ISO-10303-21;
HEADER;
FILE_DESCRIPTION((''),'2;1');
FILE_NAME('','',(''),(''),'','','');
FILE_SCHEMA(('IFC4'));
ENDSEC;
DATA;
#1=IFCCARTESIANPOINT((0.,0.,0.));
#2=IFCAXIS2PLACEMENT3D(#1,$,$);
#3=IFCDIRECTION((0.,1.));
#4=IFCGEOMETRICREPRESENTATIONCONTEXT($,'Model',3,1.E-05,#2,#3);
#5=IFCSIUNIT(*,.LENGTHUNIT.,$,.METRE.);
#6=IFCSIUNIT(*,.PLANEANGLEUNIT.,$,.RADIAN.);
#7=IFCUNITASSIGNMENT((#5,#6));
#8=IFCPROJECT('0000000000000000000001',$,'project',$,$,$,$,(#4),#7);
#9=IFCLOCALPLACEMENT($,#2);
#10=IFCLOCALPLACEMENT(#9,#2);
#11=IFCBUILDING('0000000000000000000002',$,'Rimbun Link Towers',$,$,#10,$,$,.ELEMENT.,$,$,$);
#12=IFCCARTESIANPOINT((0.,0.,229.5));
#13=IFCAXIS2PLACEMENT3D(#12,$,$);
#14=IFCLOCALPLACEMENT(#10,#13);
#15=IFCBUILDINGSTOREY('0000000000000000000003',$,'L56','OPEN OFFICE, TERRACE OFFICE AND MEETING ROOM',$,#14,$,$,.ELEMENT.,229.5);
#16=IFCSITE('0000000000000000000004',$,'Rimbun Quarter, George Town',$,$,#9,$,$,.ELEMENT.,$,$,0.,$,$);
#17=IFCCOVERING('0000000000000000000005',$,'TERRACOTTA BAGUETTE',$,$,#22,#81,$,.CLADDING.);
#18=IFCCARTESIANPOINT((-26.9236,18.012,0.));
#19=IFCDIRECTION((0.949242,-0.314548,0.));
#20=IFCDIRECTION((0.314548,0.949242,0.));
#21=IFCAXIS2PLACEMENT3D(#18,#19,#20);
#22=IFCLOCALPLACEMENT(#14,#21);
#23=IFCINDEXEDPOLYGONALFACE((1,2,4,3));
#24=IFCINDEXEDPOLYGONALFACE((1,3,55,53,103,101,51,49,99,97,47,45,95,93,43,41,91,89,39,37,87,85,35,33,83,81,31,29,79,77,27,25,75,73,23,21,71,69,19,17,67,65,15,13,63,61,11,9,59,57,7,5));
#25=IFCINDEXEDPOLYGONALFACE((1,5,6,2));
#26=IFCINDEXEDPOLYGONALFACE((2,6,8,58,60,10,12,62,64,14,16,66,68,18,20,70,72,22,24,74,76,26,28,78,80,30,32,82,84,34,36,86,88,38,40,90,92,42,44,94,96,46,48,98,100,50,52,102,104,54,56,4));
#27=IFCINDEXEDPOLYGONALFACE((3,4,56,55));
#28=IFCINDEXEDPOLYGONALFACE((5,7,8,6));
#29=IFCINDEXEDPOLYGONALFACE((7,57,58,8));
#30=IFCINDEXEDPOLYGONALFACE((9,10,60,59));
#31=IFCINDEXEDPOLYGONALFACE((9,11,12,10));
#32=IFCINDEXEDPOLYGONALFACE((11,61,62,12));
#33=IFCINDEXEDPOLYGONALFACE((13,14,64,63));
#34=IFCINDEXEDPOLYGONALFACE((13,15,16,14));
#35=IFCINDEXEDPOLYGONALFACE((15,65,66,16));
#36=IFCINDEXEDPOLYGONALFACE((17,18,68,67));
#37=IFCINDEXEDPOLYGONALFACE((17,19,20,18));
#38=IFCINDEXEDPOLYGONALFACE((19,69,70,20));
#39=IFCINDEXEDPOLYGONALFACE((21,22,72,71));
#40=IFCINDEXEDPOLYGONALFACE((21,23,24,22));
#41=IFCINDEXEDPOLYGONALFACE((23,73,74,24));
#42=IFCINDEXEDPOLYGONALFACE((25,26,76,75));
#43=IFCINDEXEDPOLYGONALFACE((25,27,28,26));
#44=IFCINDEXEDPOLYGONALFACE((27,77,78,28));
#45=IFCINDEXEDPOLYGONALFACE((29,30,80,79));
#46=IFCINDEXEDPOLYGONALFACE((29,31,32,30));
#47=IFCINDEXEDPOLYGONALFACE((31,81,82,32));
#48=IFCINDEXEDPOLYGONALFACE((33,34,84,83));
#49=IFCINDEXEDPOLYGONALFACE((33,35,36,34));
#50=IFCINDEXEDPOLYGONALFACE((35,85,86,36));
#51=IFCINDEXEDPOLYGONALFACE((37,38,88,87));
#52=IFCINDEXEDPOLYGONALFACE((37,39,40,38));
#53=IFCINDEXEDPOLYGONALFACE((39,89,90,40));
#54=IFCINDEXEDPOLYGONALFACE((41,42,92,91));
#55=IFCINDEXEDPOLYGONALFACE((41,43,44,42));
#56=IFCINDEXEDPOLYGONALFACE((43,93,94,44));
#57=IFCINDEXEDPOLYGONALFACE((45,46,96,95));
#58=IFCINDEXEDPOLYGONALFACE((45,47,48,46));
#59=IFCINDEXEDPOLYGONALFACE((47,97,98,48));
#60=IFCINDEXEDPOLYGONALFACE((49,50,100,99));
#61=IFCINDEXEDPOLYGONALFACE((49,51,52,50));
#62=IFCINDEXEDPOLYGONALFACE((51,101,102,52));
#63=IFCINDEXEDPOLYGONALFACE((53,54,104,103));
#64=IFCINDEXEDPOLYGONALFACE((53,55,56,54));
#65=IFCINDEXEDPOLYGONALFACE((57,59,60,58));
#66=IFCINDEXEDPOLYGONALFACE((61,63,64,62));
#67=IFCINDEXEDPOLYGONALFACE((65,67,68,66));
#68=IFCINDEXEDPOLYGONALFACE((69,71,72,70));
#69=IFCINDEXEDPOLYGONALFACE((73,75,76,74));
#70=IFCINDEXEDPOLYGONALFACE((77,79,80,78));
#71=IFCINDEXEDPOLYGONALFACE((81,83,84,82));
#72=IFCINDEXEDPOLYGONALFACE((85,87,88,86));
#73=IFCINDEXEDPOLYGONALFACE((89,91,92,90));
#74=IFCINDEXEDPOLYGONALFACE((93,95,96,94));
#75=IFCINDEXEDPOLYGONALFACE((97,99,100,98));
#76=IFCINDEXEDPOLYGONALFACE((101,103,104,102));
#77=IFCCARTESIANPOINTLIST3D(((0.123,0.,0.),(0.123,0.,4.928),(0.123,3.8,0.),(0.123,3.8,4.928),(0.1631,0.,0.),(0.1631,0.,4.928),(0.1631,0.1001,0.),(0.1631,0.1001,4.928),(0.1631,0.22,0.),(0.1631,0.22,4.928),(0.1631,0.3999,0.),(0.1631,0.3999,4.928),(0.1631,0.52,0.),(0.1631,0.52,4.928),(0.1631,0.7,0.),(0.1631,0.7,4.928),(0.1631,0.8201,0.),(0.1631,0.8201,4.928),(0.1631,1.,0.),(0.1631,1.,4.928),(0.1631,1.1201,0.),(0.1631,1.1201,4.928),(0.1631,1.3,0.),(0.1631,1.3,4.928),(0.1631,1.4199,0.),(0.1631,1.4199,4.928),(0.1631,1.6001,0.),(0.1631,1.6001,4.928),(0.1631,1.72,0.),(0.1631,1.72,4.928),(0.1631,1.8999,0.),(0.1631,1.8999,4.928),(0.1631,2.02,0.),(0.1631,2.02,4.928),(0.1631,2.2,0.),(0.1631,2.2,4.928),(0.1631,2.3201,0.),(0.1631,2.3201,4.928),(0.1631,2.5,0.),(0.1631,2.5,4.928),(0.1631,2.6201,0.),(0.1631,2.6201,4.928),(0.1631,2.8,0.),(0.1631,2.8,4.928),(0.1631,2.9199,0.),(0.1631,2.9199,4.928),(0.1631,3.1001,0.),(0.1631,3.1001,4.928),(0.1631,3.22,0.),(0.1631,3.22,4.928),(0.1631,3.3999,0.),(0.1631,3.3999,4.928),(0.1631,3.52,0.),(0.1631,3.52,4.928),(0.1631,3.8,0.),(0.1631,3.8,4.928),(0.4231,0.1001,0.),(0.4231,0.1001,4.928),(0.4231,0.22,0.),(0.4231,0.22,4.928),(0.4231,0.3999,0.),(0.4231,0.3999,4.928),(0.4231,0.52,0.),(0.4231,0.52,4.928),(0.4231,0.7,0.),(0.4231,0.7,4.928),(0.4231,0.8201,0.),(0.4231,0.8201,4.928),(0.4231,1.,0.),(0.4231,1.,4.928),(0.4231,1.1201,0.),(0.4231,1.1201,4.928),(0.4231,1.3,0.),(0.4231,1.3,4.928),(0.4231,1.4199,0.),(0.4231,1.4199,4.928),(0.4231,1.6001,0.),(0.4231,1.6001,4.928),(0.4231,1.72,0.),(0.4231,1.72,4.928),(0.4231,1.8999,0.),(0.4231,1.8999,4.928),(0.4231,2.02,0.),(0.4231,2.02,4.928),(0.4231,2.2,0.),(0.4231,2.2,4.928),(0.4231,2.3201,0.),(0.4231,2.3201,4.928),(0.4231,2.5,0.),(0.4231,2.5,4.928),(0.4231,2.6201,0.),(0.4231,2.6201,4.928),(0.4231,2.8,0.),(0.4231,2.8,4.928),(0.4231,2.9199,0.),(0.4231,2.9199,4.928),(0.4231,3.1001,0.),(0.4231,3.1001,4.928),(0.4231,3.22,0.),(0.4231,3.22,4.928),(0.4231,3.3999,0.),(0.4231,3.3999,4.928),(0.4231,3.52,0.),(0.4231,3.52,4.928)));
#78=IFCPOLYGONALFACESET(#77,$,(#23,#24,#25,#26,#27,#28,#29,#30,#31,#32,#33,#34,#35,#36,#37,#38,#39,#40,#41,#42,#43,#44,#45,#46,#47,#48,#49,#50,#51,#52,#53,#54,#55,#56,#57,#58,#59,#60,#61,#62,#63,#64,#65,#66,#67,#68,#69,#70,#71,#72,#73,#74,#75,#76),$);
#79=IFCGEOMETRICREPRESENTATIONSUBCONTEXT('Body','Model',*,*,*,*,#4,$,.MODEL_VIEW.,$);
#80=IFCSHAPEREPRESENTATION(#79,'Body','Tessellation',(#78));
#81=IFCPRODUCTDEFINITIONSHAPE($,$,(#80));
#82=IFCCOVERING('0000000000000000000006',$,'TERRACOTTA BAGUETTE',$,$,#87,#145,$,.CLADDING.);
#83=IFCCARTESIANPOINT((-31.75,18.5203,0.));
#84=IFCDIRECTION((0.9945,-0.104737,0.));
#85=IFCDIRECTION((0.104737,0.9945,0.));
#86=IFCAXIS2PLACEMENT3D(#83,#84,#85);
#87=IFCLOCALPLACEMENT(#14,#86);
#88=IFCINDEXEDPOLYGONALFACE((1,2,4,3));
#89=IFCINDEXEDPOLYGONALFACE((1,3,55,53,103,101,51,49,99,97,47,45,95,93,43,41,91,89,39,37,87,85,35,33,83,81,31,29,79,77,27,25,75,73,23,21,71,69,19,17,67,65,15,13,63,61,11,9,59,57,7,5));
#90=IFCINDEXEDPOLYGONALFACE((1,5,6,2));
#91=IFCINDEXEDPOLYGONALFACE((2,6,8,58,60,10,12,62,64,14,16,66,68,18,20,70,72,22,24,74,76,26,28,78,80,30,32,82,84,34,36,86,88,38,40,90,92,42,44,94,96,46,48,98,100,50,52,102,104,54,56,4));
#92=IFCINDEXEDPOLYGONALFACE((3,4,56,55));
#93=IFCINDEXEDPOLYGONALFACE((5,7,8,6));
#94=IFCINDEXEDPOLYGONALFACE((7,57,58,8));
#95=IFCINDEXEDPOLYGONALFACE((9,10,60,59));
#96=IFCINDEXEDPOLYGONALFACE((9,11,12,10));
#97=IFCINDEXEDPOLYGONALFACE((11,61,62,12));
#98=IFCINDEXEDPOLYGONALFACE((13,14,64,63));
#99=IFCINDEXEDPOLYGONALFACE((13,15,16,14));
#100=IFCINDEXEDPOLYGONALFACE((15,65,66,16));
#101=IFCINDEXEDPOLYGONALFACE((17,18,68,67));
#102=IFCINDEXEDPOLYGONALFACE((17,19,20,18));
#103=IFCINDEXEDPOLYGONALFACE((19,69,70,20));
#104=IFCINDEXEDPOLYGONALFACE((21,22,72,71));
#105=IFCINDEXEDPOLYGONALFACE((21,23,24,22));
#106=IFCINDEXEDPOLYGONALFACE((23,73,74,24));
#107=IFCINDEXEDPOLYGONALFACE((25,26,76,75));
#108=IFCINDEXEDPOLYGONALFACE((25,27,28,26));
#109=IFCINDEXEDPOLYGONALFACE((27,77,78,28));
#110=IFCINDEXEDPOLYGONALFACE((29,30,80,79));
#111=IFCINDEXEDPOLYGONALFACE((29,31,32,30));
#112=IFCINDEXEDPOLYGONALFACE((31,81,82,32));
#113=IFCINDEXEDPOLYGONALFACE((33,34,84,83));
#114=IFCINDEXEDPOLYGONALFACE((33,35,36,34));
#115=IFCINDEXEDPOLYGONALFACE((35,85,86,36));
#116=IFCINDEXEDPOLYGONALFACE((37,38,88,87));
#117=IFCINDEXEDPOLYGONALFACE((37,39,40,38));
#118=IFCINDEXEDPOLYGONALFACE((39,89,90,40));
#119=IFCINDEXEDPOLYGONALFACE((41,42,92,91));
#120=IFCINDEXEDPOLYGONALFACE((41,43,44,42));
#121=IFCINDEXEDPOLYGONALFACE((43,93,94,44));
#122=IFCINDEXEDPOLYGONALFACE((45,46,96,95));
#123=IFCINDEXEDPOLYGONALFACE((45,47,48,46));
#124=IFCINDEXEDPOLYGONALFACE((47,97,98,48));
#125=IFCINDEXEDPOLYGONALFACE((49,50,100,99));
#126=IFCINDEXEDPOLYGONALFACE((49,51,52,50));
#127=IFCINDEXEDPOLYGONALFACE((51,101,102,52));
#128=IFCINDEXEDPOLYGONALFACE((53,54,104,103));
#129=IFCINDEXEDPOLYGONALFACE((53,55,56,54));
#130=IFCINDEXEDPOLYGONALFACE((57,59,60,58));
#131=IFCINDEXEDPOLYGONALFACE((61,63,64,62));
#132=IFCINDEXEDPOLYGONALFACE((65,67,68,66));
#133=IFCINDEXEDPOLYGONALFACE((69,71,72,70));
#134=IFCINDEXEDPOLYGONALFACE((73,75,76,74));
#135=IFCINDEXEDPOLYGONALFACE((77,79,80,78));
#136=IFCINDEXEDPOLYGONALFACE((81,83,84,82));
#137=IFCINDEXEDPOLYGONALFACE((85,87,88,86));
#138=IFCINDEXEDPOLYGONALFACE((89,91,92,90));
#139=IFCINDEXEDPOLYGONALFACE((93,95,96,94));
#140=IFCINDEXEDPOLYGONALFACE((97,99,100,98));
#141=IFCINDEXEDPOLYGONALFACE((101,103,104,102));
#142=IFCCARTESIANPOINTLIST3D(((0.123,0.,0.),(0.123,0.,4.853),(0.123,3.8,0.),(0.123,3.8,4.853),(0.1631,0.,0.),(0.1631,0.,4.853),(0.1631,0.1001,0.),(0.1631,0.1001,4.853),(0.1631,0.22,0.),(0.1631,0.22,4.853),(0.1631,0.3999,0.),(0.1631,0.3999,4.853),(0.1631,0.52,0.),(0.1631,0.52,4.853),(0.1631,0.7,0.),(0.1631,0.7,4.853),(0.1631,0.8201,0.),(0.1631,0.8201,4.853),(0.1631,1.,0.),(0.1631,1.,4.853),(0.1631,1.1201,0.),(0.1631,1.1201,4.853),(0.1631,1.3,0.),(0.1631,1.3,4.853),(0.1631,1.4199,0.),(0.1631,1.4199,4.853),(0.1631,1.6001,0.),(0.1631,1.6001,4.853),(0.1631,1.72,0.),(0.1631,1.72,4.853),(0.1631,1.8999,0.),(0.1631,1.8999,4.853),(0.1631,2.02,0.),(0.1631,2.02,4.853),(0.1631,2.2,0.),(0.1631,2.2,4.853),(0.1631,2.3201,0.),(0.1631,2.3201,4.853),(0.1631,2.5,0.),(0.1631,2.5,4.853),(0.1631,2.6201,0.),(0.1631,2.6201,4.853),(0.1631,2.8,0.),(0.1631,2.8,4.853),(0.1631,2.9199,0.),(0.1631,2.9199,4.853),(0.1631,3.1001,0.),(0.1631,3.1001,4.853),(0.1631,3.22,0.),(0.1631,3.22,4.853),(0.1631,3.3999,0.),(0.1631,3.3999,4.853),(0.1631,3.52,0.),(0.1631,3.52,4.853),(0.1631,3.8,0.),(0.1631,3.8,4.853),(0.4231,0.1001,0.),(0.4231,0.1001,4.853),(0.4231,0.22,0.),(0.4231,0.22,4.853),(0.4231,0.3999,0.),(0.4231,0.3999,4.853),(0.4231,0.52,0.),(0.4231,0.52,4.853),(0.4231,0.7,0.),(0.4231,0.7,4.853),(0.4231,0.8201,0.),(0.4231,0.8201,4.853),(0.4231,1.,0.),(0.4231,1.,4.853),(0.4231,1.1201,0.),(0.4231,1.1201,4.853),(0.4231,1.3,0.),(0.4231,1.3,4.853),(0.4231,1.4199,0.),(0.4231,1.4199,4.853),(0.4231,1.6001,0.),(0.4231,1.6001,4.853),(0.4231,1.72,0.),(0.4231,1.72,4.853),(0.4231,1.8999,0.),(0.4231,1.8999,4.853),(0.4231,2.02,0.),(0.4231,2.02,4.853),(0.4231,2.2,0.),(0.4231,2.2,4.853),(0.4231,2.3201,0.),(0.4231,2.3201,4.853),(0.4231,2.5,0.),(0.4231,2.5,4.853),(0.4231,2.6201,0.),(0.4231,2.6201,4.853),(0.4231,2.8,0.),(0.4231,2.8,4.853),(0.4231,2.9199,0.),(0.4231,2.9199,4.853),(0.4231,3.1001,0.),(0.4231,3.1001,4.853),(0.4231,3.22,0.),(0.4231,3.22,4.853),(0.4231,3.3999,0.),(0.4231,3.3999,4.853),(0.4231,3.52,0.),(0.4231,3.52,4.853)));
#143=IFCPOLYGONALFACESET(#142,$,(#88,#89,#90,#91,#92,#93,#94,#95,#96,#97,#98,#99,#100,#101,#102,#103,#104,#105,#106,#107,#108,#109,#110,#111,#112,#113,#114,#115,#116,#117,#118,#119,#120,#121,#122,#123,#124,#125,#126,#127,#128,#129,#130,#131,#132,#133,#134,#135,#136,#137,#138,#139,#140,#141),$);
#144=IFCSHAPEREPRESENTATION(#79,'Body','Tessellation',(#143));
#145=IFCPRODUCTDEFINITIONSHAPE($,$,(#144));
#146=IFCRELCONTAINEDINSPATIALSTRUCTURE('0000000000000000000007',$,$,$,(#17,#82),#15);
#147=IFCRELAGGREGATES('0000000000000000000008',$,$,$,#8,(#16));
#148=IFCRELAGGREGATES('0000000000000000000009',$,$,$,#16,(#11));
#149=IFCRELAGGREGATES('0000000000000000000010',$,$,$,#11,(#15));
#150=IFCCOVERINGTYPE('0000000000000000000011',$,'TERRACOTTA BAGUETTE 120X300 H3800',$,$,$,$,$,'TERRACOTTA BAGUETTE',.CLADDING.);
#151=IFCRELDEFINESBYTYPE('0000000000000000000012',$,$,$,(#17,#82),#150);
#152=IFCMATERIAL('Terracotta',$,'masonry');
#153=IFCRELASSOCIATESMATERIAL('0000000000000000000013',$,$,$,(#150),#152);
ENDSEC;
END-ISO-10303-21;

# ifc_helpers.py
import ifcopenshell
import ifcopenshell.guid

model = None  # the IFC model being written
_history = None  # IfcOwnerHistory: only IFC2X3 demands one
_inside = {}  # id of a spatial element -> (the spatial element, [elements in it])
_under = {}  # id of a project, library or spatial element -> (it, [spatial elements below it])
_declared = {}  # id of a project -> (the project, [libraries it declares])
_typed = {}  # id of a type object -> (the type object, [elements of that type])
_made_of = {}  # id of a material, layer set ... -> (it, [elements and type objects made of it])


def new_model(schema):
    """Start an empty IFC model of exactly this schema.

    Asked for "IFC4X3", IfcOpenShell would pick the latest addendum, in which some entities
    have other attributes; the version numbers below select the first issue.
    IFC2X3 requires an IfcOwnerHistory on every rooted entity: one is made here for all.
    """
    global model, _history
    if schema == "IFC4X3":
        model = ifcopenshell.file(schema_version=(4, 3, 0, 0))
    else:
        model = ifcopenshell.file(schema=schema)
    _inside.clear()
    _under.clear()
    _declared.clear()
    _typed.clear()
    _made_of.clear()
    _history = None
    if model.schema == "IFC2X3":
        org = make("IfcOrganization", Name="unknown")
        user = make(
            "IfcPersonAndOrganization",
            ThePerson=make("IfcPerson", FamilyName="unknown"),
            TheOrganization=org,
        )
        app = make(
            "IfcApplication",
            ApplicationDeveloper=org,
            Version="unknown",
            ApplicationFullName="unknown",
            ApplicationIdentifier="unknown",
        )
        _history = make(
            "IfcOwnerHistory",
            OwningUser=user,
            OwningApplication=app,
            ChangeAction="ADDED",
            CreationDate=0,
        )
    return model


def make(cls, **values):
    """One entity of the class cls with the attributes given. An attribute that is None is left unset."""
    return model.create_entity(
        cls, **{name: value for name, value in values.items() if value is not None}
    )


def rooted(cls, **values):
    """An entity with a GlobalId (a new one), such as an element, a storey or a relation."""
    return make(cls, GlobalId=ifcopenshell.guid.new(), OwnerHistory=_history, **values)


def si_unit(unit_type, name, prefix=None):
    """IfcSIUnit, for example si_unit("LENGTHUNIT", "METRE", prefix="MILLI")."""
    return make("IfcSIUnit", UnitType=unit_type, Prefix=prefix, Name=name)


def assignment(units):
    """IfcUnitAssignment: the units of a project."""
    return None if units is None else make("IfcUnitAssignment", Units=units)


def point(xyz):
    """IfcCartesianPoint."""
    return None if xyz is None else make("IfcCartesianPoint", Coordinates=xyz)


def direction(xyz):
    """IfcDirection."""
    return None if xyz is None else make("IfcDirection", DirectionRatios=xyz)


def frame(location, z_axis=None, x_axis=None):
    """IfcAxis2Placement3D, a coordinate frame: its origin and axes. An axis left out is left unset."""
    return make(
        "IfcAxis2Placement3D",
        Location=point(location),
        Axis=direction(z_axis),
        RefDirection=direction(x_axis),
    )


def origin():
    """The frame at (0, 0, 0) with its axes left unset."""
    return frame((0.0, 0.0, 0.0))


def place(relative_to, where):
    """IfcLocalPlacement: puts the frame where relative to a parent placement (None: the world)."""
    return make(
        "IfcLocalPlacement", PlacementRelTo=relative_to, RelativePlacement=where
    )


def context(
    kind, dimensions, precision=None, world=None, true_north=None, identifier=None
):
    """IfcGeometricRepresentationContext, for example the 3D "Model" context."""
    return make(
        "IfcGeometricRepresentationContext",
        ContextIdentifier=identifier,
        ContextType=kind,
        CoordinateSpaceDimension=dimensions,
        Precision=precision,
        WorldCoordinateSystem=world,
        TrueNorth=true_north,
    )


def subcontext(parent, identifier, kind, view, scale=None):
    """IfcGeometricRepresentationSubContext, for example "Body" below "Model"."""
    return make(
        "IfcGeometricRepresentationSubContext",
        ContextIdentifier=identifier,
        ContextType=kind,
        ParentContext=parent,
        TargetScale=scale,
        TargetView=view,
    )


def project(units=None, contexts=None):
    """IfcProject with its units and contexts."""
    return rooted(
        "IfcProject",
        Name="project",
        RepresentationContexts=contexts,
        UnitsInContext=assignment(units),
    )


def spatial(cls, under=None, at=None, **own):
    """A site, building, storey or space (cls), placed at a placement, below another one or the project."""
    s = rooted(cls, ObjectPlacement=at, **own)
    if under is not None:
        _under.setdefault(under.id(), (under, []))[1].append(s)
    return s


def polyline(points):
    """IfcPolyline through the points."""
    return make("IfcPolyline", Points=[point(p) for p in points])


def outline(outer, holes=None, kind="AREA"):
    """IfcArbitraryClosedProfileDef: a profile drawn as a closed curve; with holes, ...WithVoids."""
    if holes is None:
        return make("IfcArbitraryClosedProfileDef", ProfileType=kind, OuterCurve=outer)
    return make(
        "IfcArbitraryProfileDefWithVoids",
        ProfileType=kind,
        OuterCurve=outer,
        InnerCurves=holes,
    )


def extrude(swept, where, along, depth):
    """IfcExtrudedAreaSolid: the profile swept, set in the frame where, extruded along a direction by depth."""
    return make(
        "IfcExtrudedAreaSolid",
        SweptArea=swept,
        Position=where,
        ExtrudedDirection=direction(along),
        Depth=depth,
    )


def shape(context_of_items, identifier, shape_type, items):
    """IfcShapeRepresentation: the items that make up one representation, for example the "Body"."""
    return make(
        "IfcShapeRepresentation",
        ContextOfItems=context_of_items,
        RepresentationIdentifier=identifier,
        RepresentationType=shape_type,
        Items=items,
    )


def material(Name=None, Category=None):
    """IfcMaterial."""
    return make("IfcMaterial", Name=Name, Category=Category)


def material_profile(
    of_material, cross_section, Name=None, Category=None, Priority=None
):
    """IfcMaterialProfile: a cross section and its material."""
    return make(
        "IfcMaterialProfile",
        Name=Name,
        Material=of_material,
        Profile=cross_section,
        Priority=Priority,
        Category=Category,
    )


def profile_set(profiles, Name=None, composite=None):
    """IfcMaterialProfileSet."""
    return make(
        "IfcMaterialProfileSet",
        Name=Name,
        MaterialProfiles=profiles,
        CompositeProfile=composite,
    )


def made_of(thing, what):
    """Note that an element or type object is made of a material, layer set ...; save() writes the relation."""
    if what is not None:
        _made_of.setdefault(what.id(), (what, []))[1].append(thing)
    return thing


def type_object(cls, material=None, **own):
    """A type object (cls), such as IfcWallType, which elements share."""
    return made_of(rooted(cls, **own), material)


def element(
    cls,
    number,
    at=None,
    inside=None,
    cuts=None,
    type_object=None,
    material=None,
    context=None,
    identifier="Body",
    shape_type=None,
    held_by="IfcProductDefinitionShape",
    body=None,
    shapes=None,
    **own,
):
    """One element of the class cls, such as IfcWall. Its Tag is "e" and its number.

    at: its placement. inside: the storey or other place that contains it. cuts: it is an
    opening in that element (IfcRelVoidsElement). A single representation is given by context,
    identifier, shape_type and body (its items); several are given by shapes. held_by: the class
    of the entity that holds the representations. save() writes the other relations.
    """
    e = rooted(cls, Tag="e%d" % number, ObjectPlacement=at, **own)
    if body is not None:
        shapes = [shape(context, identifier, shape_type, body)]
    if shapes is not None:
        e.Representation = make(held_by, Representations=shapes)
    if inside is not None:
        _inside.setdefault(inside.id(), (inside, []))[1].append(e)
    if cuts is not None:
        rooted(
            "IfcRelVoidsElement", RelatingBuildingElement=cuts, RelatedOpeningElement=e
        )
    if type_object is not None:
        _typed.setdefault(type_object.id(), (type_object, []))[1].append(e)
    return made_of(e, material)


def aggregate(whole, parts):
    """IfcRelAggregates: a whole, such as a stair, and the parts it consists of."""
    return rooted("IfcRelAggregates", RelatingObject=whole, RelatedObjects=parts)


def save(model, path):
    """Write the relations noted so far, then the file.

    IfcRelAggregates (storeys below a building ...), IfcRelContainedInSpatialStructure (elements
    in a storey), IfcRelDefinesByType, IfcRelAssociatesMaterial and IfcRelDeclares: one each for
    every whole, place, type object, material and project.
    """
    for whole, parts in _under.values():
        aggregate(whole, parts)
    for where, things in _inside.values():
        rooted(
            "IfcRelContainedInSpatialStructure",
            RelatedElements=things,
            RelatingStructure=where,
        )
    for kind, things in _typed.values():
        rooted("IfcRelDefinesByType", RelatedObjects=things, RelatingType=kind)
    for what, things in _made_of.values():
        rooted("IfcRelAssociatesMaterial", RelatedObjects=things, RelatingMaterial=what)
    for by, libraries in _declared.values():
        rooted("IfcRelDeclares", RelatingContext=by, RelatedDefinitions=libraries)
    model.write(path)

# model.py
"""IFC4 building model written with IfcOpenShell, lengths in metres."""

from ifc_helpers import new_model, si_unit, direction, frame, origin, place, context, subcontext, project, spatial, polyline, outline, extrude, material, material_profile, profile_set, type_object, element, save


model = new_model("IFC4")

# Units and contexts
model_context = context("Model", 3, precision=1e-05, world=origin(), true_north=direction((0.0, 1.0)))
body_context = subcontext(model_context, "Body", "Model", "MODEL_VIEW")
ifc_project = project(units=[si_unit("LENGTHUNIT", "METRE"), si_unit("PLANEANGLEUNIT", "RADIAN")], contexts=[model_context])

# Site, building, storey
site_placement = place(None, origin())
site = spatial("IfcSite", under=ifc_project, at=site_placement, Name="Rimbun Quarter, George Town", CompositionType="ELEMENT", RefElevation=0.0)
building_placement = place(site_placement, origin())
building = spatial("IfcBuilding", under=site, at=building_placement, Name="Rimbun Link Towers", CompositionType="ELEMENT")
storey_placement = place(building_placement, frame((0.0, 0.0, 229.5)))
storey = spatial("IfcBuildingStorey", under=building, at=storey_placement, Name="L56", Description="OPEN OFFICE, TERRACE OFFICE AND MEETING ROOM", CompositionType="ELEMENT", Elevation=229.5)

# Coverings
ifc_material_1 = material(Name="Terracotta", Category="masonry")
ifc_material_profile_1 = material_profile(ifc_material_1, outline(polyline([(0.123, 0.0), (0.1631, 0.0), (0.1631, 0.1001), (0.4231, 0.1001), (0.4231, 0.22), (0.1631, 0.22), (0.1631, 0.3999), (0.4231, 0.3999), (0.4231, 0.52), (0.1631, 0.52), (0.1631, 0.7), (0.4231, 0.7), (0.4231, 0.8201), (0.1631, 0.8201), (0.1631, 1.0), (0.4231, 1.0), (0.4231, 1.1201), (0.1631, 1.1201), (0.1631, 1.3), (0.4231, 1.3), (0.4231, 1.4199), (0.1631, 1.4199), (0.1631, 1.6001), (0.4231, 1.6001), (0.4231, 1.72), (0.1631, 1.72), (0.1631, 1.8999), (0.4231, 1.8999), (0.4231, 2.02), (0.1631, 2.02), (0.1631, 2.2), (0.4231, 2.2), (0.4231, 2.3201), (0.1631, 2.3201), (0.1631, 2.5), (0.4231, 2.5), (0.4231, 2.6201), (0.1631, 2.6201), (0.1631, 2.8), (0.4231, 2.8), (0.4231, 2.9199), (0.1631, 2.9199), (0.1631, 3.1001), (0.4231, 3.1001), (0.4231, 3.22), (0.1631, 3.22), (0.1631, 3.3999), (0.4231, 3.3999), (0.4231, 3.52), (0.1631, 3.52), (0.1631, 3.8), (0.123, 3.8), (0.123, 0.0)])), Name="BAGUETTE 120X300")
ifc_profile_set_1 = profile_set([ifc_material_profile_1], Name="Terracotta")
covering_type = type_object("IfcCoveringType", Name="TERRACOTTA BAGUETTE 120X300 H3800", ElementType="TERRACOTTA BAGUETTE", PredefinedType="CLADDING", material=ifc_profile_set_1)
covering_1_placement = place(storey_placement, frame((-26.9236, 18.012, 0.0), z_axis=(0.949242, -0.314548, 0.0), x_axis=(0.314548, 0.949242, 0.0)))
element("IfcCovering", 1, at=covering_1_placement, inside=storey, type_object=covering_type, Name="TERRACOTTA BAGUETTE", PredefinedType="CLADDING", context=body_context, shape_type="SweptSolid", body=[
    extrude(outline(polyline([(0.123, 0.0), (0.1631, 0.0), (0.1631, 0.1001), (0.4231, 0.1001), (0.4231, 0.22), (0.1631, 0.22), (0.1631, 0.3999), (0.4231, 0.3999), (0.4231, 0.52), (0.1631, 0.52), (0.1631, 0.7), (0.4231, 0.7), (0.4231, 0.8201), (0.1631, 0.8201), (0.1631, 1.0), (0.4231, 1.0), (0.4231, 1.1201), (0.1631, 1.1201), (0.1631, 1.3), (0.4231, 1.3), (0.4231, 1.4199), (0.1631, 1.4199), (0.1631, 1.6001), (0.4231, 1.6001), (0.4231, 1.72), (0.1631, 1.72), (0.1631, 1.8999), (0.4231, 1.8999), (0.4231, 2.02), (0.1631, 2.02), (0.1631, 2.2), (0.4231, 2.2), (0.4231, 2.3201), (0.1631, 2.3201), (0.1631, 2.5), (0.4231, 2.5), (0.4231, 2.6201), (0.1631, 2.6201), (0.1631, 2.8), (0.4231, 2.8), (0.4231, 2.9199), (0.1631, 2.9199), (0.1631, 3.1001), (0.4231, 3.1001), (0.4231, 3.22), (0.1631, 3.22), (0.1631, 3.3999), (0.4231, 3.3999), (0.4231, 3.52), (0.1631, 3.52), (0.1631, 3.8), (0.123, 3.8), (0.123, 0.0)])), origin(), (0.0, 0.0, 1.0), 4.928),
])
covering_2_placement = place(storey_placement, frame((-31.75, 18.5203, 0.0), z_axis=(0.9945, -0.104737, 0.0), x_axis=(0.104737, 0.9945, 0.0)))
element("IfcCovering", 2, at=covering_2_placement, inside=storey, type_object=covering_type, Name="TERRACOTTA BAGUETTE", PredefinedType="CLADDING", context=body_context, shape_type="SweptSolid", body=[
    extrude(outline(polyline([(0.123, 0.0), (0.1631, 0.0), (0.1631, 0.1001), (0.4231, 0.1001), (0.4231, 0.22), (0.1631, 0.22), (0.1631, 0.3999), (0.4231, 0.3999), (0.4231, 0.52), (0.1631, 0.52), (0.1631, 0.7), (0.4231, 0.7), (0.4231, 0.8201), (0.1631, 0.8201), (0.1631, 1.0), (0.4231, 1.0), (0.4231, 1.1201), (0.1631, 1.1201), (0.1631, 1.3), (0.4231, 1.3), (0.4231, 1.4199), (0.1631, 1.4199), (0.1631, 1.6001), (0.4231, 1.6001), (0.4231, 1.72), (0.1631, 1.72), (0.1631, 1.8999), (0.4231, 1.8999), (0.4231, 2.02), (0.1631, 2.02), (0.1631, 2.2), (0.4231, 2.2), (0.4231, 2.3201), (0.1631, 2.3201), (0.1631, 2.5), (0.4231, 2.5), (0.4231, 2.6201), (0.1631, 2.6201), (0.1631, 2.8), (0.4231, 2.8), (0.4231, 2.9199), (0.1631, 2.9199), (0.1631, 3.1001), (0.4231, 3.1001), (0.4231, 3.22), (0.1631, 3.22), (0.1631, 3.3999), (0.4231, 3.3999), (0.4231, 3.52), (0.1631, 3.52), (0.1631, 3.8), (0.123, 3.8), (0.123, 0.0)])), origin(), (0.0, 0.0, 1.0), 4.853),
])

save(model, "model.ifc")
